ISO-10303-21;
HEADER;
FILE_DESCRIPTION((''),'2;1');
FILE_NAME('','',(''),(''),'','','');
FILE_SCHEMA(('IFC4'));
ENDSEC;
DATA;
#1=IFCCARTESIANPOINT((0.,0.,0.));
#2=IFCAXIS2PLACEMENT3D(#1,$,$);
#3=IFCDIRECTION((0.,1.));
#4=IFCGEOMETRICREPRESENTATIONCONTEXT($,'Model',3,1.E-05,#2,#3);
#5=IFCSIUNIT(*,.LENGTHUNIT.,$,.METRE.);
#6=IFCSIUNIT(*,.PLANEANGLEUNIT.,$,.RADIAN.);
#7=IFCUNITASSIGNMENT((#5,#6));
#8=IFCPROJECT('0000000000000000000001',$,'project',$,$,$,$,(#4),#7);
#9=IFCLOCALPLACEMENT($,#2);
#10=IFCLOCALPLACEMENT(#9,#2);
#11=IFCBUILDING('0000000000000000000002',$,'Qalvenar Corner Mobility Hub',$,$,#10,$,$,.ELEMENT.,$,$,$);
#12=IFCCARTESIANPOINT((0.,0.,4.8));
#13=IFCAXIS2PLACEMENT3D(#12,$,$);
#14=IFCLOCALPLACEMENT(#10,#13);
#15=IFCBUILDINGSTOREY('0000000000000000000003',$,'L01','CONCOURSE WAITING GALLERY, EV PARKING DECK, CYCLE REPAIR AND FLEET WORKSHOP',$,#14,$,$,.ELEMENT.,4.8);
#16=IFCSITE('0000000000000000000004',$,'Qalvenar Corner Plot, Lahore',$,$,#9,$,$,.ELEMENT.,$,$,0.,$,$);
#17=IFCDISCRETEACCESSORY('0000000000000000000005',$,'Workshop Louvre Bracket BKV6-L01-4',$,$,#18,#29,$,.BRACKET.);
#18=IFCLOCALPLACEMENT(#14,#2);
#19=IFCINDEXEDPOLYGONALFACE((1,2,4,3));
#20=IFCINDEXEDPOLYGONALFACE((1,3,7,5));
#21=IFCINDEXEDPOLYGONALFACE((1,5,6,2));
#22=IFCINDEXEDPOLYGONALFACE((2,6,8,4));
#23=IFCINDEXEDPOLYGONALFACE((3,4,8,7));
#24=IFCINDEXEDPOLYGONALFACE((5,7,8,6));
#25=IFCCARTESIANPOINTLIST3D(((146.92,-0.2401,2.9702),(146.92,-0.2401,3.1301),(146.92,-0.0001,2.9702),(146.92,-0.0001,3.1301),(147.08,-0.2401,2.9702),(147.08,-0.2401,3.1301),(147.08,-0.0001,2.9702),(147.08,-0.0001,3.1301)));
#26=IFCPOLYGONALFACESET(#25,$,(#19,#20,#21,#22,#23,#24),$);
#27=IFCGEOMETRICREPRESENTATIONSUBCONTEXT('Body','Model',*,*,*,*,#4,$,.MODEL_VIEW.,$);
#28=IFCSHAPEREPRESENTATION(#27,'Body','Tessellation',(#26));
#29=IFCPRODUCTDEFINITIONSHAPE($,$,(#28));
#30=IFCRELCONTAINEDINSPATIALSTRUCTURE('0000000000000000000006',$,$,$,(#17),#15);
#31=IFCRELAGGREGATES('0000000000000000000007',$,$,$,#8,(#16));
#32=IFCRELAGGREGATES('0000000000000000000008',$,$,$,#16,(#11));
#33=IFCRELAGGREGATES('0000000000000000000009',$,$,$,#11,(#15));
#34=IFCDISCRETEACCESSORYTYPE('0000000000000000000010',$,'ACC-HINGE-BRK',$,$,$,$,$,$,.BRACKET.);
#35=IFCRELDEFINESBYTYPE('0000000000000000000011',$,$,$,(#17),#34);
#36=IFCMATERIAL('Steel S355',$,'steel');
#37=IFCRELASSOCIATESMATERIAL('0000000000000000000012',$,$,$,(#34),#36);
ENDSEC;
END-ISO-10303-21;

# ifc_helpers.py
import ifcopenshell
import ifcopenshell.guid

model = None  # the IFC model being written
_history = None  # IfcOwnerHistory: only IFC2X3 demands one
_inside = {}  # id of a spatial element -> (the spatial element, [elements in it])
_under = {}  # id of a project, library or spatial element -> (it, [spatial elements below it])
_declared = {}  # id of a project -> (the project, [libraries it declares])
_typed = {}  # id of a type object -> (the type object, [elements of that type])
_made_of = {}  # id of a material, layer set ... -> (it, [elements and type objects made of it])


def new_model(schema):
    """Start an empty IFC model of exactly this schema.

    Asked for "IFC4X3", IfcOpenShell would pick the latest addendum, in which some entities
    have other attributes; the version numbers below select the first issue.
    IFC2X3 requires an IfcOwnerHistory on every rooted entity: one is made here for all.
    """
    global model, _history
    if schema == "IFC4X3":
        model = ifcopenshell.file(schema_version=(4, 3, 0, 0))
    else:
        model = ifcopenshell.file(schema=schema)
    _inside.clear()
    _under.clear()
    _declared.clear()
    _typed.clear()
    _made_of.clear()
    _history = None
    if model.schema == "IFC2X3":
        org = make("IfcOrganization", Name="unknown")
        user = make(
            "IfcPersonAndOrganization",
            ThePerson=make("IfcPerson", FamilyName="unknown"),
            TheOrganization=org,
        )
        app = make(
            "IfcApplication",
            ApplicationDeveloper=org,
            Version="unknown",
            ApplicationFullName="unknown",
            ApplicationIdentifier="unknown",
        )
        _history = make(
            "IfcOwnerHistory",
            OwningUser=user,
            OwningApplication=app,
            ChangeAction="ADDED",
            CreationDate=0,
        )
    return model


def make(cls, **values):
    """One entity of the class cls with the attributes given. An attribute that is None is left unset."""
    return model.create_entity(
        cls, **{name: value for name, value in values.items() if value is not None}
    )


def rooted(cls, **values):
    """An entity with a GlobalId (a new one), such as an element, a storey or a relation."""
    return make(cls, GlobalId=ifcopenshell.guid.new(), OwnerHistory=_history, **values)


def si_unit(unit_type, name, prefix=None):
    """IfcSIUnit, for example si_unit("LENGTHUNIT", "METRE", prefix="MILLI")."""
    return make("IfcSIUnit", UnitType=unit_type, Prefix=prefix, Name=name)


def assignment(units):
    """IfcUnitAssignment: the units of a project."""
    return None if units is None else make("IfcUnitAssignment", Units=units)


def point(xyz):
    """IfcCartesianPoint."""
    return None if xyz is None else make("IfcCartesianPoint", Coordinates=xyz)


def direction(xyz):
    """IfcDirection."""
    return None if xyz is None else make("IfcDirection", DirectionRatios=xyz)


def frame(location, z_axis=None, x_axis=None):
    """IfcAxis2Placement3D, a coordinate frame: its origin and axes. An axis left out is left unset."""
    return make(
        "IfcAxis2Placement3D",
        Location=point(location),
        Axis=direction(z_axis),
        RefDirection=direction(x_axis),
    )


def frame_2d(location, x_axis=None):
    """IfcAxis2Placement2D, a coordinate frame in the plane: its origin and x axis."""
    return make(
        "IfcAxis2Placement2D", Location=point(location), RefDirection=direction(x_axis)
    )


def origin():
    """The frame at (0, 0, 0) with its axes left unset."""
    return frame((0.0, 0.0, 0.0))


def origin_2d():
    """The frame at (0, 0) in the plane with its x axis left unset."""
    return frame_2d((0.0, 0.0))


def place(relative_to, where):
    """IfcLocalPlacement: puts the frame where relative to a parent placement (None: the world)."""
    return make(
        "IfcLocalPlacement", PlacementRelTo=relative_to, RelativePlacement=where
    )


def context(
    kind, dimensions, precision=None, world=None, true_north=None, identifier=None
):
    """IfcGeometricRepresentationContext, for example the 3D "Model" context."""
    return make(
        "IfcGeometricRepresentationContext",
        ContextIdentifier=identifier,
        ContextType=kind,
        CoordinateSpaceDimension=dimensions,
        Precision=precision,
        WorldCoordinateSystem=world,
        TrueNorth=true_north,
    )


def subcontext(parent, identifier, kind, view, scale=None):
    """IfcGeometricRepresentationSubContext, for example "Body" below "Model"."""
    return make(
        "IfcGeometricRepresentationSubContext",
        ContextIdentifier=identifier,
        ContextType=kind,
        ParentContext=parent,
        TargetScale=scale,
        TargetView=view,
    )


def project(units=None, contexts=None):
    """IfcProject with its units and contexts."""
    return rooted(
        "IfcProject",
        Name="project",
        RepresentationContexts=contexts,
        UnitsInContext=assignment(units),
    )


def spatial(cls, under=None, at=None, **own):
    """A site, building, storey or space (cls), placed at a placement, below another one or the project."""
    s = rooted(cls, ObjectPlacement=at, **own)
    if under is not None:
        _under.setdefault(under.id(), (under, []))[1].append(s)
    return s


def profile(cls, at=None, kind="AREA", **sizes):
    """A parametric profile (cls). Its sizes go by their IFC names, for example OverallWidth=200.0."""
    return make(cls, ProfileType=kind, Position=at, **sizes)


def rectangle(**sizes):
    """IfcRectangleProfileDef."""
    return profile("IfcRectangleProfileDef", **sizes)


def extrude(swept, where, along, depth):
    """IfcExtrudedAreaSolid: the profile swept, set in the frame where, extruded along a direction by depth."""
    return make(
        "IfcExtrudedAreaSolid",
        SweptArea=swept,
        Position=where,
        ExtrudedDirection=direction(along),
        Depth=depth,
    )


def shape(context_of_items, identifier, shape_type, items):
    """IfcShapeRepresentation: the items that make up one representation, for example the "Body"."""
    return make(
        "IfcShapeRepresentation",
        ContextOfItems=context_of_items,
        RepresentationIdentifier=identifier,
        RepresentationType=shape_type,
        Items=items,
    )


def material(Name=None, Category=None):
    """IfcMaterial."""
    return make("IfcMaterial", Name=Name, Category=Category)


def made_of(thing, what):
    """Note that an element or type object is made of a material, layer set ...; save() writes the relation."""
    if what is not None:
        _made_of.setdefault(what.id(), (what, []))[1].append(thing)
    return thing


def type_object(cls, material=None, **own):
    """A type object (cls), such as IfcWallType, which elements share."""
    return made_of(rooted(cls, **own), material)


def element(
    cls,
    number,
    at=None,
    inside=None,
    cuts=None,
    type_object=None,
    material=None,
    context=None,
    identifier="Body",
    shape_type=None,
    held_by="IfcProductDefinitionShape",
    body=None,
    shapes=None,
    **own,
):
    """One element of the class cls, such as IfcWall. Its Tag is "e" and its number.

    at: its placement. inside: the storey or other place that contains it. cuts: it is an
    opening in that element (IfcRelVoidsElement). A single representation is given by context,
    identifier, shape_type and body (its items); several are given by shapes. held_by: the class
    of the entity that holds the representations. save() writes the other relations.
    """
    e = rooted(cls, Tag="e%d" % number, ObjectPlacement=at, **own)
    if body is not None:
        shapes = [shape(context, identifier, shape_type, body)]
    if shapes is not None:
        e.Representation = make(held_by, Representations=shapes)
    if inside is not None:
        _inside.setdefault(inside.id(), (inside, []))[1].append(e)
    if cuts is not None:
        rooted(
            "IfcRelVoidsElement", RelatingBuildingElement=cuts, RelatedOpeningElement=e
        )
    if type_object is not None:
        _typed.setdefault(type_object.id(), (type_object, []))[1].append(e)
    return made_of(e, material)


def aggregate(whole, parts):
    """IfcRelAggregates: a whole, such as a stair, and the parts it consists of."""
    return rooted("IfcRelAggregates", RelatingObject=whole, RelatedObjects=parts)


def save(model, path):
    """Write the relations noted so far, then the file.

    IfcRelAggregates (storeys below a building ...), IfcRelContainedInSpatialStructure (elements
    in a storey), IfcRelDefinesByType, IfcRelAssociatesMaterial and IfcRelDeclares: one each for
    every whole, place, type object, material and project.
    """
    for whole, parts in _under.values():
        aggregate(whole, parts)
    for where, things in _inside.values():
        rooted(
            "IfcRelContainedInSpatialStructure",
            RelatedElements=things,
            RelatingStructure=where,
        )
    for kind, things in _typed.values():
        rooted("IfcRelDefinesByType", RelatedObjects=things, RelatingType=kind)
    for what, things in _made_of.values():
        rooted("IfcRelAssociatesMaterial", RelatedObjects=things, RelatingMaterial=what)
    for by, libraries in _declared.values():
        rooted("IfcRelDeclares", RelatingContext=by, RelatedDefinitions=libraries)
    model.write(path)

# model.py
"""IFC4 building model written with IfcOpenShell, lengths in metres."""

from ifc_helpers import new_model, si_unit, direction, frame, origin, origin_2d, place, context, subcontext, project, spatial, rectangle, extrude, material, type_object, element, save


model = new_model("IFC4")

# Units and contexts
model_context = context("Model", 3, precision=1e-05, world=origin(), true_north=direction((0.0, 1.0)))
body_context = subcontext(model_context, "Body", "Model", "MODEL_VIEW")
ifc_project = project(units=[si_unit("LENGTHUNIT", "METRE"), si_unit("PLANEANGLEUNIT", "RADIAN")], contexts=[model_context])

# Site, building, storey
site_placement = place(None, origin())
site = spatial("IfcSite", under=ifc_project, at=site_placement, Name="Qalvenar Corner Plot, Lahore", CompositionType="ELEMENT", RefElevation=0.0)
building_placement = place(site_placement, origin())
building = spatial("IfcBuilding", under=site, at=building_placement, Name="Qalvenar Corner Mobility Hub", CompositionType="ELEMENT")
storey_placement = place(building_placement, frame((0.0, 0.0, 4.8)))
storey = spatial("IfcBuildingStorey", under=building, at=storey_placement, Name="L01", Description="CONCOURSE WAITING GALLERY, EV PARKING DECK, CYCLE REPAIR AND FLEET WORKSHOP", CompositionType="ELEMENT", Elevation=4.8)

# Shared definitions
ifc_material_1 = material(Name="Steel S355", Category="steel")

# Discrete accessory
discrete_accessory_type_1 = type_object("IfcDiscreteAccessoryType", Name="ACC-HINGE-BRK", PredefinedType="BRACKET", material=ifc_material_1)
discrete_accessory_1_placement = place(storey_placement, frame((147.0, -0.1201, 2.9702), z_axis=(0.0, 0.0, 1.0), x_axis=(1.0, 0.0, 0.0)))
element("IfcDiscreteAccessory", 1, at=discrete_accessory_1_placement, inside=storey, type_object=discrete_accessory_type_1, Name="Workshop Louvre Bracket BKV6-L01-4", PredefinedType="BRACKET", context=body_context, shape_type="SweptSolid", body=[
    extrude(rectangle(XDim=0.1599, YDim=0.24, at=origin_2d()), origin(), (0.0, 0.0, 1.0), 0.1599),
])

save(model, "model.ifc")
